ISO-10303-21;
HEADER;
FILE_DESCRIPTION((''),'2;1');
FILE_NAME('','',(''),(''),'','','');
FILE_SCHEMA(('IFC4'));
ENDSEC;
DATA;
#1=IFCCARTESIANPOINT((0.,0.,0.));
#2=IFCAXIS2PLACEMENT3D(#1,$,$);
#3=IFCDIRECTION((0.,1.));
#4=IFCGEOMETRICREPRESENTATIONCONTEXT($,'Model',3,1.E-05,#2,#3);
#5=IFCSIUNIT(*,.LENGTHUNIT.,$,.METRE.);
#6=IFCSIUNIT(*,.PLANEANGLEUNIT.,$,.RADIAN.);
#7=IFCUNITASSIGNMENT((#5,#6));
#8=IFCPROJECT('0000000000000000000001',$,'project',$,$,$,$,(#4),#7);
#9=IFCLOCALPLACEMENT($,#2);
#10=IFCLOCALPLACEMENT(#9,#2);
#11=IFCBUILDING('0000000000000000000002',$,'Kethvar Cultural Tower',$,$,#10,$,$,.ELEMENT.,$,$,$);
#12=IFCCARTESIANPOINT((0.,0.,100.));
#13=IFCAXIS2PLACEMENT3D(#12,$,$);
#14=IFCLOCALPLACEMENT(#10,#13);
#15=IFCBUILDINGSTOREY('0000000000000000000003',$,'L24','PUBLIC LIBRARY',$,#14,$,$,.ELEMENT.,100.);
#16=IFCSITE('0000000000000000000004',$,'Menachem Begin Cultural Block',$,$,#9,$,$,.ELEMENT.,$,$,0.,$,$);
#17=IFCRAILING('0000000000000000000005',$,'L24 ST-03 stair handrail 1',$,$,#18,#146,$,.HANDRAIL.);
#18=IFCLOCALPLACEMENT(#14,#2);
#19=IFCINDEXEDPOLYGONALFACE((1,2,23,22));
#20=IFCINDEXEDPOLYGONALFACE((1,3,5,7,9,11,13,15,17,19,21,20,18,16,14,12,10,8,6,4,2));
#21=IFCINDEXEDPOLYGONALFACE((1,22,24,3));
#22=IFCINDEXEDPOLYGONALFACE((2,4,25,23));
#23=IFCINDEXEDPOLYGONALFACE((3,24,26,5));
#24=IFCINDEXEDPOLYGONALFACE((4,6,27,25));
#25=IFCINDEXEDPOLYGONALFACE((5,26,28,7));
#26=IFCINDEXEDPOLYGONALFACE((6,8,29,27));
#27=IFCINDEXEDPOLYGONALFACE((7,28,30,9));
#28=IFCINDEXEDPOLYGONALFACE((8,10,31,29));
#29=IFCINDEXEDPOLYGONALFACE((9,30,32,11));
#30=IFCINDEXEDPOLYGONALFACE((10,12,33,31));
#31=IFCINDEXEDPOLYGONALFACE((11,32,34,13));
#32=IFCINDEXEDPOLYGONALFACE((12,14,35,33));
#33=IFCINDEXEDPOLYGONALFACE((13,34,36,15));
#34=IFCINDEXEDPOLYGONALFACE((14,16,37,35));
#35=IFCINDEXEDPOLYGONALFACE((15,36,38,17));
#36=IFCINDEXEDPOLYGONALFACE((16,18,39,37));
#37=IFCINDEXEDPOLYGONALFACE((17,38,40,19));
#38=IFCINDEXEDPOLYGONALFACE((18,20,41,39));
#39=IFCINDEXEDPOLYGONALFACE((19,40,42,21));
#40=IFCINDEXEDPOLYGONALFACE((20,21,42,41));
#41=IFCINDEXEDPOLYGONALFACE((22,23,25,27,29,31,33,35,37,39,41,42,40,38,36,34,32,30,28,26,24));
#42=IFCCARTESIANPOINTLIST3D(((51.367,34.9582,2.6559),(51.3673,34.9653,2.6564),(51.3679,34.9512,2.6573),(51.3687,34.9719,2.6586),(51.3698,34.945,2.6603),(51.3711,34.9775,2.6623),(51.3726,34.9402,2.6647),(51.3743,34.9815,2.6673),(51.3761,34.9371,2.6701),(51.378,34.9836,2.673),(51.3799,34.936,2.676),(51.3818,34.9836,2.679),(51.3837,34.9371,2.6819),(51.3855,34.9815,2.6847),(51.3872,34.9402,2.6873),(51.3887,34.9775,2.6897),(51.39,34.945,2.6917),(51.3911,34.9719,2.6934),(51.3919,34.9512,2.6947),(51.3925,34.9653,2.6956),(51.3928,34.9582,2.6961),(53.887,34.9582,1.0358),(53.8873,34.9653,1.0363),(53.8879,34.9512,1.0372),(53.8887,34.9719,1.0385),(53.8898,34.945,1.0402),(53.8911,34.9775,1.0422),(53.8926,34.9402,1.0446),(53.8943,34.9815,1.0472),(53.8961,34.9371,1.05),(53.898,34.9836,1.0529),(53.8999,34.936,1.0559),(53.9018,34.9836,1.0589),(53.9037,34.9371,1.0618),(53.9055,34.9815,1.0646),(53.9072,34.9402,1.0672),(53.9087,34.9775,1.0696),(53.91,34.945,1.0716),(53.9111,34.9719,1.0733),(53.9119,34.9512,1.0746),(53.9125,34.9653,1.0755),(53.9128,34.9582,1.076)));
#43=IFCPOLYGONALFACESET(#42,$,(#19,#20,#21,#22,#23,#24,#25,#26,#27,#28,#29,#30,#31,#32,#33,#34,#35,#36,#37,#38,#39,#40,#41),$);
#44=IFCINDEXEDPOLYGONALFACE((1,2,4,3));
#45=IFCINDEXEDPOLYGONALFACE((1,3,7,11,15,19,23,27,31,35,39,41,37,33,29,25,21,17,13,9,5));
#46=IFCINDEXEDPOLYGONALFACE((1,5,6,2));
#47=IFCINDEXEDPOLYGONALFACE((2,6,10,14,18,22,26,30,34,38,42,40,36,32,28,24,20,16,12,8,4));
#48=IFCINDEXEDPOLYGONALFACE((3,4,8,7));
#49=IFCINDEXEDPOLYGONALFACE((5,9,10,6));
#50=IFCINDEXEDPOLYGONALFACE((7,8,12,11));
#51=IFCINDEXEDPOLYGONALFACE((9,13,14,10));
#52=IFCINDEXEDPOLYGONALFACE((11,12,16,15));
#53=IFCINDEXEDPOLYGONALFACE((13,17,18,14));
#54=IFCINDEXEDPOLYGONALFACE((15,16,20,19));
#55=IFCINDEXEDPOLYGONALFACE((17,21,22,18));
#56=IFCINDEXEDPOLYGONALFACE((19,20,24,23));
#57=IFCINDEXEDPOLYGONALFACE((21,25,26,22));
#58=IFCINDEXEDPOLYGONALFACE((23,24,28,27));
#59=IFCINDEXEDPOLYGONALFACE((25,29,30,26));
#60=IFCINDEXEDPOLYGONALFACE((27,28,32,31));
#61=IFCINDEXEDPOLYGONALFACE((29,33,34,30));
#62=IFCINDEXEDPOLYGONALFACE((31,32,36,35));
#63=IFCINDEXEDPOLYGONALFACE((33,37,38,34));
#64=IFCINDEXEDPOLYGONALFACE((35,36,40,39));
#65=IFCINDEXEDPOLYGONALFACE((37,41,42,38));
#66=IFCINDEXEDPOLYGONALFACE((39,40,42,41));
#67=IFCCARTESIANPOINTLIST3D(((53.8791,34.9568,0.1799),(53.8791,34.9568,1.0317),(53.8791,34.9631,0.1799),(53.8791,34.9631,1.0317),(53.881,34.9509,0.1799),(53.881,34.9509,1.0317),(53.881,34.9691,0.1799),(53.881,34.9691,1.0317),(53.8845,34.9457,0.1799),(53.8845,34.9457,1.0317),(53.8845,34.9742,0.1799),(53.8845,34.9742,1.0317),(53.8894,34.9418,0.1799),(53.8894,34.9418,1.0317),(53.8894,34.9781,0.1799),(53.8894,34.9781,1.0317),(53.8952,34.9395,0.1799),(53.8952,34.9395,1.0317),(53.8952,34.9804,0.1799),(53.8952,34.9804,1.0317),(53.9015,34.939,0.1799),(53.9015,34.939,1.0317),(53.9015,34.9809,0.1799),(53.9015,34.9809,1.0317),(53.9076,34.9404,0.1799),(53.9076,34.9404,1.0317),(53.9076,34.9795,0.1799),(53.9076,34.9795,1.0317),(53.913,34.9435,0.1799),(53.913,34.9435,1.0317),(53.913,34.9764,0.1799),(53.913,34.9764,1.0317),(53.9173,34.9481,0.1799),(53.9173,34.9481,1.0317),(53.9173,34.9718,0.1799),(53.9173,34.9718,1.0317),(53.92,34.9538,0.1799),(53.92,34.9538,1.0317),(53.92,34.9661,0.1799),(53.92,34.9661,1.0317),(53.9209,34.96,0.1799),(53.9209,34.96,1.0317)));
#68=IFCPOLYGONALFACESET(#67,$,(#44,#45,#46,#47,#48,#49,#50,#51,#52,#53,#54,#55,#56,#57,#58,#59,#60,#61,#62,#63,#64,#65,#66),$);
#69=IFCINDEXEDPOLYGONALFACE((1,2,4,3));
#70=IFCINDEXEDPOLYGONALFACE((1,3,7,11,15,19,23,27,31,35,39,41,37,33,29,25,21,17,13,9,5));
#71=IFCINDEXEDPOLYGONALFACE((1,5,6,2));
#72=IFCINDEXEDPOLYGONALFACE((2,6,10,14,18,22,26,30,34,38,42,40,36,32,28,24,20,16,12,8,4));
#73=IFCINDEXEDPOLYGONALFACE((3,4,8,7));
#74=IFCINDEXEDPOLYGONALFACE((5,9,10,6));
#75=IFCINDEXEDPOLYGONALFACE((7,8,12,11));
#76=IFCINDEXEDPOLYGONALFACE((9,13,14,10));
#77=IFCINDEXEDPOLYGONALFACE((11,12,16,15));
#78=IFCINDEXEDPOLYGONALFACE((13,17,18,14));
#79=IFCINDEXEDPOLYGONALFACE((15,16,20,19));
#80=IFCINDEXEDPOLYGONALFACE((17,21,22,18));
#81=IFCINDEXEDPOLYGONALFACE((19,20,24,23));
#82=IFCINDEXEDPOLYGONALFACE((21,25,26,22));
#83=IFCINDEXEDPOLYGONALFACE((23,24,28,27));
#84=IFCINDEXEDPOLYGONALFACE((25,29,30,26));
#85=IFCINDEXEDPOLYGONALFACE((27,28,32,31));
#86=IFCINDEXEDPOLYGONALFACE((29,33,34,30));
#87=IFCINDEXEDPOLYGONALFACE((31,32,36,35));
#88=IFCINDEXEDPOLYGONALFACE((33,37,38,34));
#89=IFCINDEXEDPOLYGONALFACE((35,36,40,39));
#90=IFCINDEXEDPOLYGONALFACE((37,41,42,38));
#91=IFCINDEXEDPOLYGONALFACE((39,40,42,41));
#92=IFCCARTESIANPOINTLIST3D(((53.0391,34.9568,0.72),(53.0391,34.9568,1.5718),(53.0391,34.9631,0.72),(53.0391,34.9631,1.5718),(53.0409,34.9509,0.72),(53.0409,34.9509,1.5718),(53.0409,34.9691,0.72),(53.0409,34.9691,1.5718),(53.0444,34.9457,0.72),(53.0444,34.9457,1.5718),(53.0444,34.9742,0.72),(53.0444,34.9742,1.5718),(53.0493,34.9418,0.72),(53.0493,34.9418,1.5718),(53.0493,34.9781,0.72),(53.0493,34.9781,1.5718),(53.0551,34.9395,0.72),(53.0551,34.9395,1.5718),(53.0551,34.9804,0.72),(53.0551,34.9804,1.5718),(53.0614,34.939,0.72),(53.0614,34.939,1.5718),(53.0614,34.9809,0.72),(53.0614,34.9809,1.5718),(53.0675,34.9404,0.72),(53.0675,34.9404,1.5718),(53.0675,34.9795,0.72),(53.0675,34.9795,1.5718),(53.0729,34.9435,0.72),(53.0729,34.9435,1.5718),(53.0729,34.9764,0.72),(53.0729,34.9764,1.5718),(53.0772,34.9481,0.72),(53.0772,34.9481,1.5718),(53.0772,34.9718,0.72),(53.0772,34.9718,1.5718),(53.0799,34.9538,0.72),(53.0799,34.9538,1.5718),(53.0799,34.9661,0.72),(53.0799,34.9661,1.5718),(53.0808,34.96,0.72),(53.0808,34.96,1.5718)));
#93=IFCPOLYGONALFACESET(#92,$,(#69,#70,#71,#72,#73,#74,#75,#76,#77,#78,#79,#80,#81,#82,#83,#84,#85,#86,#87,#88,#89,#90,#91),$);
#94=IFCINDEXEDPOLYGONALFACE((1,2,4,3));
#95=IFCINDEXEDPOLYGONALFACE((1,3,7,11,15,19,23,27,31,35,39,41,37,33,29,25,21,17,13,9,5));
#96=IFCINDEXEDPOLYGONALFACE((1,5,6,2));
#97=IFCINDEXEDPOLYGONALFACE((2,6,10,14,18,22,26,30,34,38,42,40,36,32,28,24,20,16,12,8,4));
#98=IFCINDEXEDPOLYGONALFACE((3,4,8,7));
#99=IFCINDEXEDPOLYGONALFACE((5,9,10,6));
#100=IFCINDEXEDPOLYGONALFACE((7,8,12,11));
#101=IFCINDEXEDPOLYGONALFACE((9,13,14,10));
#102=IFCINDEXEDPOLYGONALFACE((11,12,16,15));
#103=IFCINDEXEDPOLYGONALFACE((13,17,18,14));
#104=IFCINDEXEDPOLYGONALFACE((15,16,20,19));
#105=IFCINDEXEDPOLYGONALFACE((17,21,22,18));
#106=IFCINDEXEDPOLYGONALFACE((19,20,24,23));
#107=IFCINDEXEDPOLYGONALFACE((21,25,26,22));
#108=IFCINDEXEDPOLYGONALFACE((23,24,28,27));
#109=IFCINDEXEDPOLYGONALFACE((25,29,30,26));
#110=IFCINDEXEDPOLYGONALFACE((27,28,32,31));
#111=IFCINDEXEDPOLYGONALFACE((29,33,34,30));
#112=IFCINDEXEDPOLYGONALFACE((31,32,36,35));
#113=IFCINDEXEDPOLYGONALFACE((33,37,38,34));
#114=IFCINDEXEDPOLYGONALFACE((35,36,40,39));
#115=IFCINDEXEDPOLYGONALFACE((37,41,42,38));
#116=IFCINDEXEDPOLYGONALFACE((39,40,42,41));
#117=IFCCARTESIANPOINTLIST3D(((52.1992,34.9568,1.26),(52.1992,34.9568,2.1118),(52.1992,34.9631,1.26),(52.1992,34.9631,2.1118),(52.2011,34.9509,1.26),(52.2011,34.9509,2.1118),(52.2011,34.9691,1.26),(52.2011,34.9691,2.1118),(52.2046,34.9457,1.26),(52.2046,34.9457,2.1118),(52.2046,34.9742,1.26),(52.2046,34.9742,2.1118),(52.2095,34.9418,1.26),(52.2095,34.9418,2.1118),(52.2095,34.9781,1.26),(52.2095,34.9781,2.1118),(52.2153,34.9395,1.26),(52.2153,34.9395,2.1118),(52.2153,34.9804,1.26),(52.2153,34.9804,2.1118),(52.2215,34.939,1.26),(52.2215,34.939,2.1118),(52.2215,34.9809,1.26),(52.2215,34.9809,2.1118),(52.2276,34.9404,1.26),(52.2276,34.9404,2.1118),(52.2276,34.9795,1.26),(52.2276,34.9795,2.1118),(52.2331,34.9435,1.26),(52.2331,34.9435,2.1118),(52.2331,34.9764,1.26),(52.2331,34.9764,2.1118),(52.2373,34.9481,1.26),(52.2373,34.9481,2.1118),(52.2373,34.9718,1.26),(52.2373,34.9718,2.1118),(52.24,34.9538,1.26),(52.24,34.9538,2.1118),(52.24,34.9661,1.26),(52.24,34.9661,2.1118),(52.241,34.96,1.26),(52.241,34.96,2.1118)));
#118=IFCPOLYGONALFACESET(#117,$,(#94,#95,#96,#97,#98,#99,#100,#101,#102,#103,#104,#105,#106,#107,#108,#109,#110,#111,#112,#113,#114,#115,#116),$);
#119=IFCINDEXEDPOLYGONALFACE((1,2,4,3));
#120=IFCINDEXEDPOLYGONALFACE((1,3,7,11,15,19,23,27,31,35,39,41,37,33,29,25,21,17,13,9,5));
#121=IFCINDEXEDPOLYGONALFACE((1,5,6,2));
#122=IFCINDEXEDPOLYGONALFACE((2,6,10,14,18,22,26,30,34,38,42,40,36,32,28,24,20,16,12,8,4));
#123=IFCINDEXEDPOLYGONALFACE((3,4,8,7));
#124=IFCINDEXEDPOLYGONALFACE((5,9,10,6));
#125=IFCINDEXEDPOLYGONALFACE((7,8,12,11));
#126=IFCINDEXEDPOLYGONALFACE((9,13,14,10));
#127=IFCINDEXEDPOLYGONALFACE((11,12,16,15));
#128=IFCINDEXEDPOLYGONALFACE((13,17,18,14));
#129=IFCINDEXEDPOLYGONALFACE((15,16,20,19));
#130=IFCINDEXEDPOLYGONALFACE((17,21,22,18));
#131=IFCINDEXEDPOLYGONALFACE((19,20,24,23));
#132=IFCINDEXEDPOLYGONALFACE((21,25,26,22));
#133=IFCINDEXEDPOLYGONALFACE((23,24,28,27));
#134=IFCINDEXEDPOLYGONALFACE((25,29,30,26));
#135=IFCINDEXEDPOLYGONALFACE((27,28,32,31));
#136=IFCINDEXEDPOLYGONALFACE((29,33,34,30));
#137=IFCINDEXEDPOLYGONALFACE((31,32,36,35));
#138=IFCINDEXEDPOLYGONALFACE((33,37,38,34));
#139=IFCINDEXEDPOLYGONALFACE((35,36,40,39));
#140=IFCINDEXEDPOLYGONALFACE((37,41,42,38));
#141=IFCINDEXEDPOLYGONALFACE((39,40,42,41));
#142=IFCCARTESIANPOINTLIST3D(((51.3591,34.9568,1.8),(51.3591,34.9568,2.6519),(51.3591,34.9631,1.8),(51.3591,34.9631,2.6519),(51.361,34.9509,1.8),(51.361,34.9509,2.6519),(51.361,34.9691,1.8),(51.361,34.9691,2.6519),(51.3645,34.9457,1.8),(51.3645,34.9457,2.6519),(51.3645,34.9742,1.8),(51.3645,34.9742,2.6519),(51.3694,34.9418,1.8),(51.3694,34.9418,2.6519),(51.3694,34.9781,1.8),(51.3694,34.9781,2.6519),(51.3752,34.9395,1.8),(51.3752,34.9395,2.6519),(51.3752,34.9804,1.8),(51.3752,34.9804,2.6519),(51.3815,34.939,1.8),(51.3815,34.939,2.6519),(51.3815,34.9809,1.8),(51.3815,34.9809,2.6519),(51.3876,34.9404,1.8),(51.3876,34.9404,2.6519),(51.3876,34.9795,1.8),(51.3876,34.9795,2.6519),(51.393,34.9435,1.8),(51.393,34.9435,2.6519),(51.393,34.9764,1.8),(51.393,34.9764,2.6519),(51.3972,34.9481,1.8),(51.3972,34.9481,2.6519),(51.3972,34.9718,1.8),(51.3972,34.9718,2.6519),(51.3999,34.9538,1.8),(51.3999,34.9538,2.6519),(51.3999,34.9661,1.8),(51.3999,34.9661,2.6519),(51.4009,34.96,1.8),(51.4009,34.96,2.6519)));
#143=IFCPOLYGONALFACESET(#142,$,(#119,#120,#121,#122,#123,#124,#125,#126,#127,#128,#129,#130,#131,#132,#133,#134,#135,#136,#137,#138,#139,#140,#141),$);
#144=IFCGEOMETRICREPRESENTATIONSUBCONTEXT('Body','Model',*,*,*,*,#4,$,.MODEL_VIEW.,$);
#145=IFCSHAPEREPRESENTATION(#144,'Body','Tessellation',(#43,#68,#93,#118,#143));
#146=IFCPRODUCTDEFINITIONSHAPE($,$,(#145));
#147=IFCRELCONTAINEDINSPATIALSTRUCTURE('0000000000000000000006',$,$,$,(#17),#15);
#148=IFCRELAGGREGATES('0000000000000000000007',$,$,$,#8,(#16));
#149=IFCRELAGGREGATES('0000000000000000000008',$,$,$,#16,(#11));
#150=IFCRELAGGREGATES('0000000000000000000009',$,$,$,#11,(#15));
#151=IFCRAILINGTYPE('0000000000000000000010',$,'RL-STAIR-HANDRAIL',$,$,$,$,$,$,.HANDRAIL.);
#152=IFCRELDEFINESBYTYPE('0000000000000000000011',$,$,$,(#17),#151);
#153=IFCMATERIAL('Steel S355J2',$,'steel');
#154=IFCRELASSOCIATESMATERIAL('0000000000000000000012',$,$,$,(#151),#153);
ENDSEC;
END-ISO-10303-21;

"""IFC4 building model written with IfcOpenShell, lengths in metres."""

from ifc_helpers import new_model, si_unit, direction, frame, origin, origin_2d, place, context, subcontext, project, spatial, circle, extrude, material, type_object, element, save


model = new_model("IFC4")

# Units and contexts
model_context = context("Model", 3, precision=1e-05, world=origin(), true_north=direction((0.0, 1.0)))
body_context = subcontext(model_context, "Body", "Model", "MODEL_VIEW")
ifc_project = project(units=[si_unit("LENGTHUNIT", "METRE"), si_unit("PLANEANGLEUNIT", "RADIAN")], contexts=[model_context])

# Site, building, storey
site_placement = place(None, origin())
site = spatial("IfcSite", under=ifc_project, at=site_placement, Name="Menachem Begin Cultural Block", CompositionType="ELEMENT", RefElevation=0.0)
building_placement = place(site_placement, origin())
building = spatial("IfcBuilding", under=site, at=building_placement, Name="Kethvar Cultural Tower", CompositionType="ELEMENT")
storey_placement = place(building_placement, frame((0.0, 0.0, 100.0)))
storey = spatial("IfcBuildingStorey", under=building, at=storey_placement, Name="L24", Description="PUBLIC LIBRARY", CompositionType="ELEMENT", Elevation=100.0)

# Shared definitions
ifc_material_1 = material(Name="Steel S355J2", Category="steel")

# Railing
railing_type_1 = type_object("IfcRailingType", Name="RL-STAIR-HANDRAIL", PredefinedType="HANDRAIL", material=ifc_material_1)
railing_1_placement = place(storey_placement, frame((53.8999, 34.96, 0.1799)))
element("IfcRailing", 1, at=railing_1_placement, inside=storey, type_object=railing_type_1, Name="L24 ST-03 stair handrail 1", PredefinedType="HANDRAIL", context=body_context, shape_type="SweptSolid", body=[
    extrude(circle(Radius=0.0239, at=origin_2d()), frame((0.0, 0.0, 0.876), z_axis=(-0.841163, 0.0, 0.540782), x_axis=(0.0, -1.0, 0.0)), (0.0, 0.0, 1.0), 2.9958),
    extrude(circle(Radius=0.021, at=origin_2d()), origin(), (0.0, 0.0, 1.0), 0.8518),
    extrude(circle(Radius=0.021, at=origin_2d()), frame((-0.8401, 0.0, 0.54)), (0.0, 0.0, 1.0), 0.8518),
    extrude(circle(Radius=0.021, at=origin_2d()), frame((-1.6799, 0.0, 1.0801)), (0.0, 0.0, 1.0), 0.8518),
    extrude(circle(Radius=0.021, at=origin_2d()), frame((-2.52, 0.0, 1.6201)), (0.0, 0.0, 1.0), 0.8518),
])

save(model, "model.ifc")
